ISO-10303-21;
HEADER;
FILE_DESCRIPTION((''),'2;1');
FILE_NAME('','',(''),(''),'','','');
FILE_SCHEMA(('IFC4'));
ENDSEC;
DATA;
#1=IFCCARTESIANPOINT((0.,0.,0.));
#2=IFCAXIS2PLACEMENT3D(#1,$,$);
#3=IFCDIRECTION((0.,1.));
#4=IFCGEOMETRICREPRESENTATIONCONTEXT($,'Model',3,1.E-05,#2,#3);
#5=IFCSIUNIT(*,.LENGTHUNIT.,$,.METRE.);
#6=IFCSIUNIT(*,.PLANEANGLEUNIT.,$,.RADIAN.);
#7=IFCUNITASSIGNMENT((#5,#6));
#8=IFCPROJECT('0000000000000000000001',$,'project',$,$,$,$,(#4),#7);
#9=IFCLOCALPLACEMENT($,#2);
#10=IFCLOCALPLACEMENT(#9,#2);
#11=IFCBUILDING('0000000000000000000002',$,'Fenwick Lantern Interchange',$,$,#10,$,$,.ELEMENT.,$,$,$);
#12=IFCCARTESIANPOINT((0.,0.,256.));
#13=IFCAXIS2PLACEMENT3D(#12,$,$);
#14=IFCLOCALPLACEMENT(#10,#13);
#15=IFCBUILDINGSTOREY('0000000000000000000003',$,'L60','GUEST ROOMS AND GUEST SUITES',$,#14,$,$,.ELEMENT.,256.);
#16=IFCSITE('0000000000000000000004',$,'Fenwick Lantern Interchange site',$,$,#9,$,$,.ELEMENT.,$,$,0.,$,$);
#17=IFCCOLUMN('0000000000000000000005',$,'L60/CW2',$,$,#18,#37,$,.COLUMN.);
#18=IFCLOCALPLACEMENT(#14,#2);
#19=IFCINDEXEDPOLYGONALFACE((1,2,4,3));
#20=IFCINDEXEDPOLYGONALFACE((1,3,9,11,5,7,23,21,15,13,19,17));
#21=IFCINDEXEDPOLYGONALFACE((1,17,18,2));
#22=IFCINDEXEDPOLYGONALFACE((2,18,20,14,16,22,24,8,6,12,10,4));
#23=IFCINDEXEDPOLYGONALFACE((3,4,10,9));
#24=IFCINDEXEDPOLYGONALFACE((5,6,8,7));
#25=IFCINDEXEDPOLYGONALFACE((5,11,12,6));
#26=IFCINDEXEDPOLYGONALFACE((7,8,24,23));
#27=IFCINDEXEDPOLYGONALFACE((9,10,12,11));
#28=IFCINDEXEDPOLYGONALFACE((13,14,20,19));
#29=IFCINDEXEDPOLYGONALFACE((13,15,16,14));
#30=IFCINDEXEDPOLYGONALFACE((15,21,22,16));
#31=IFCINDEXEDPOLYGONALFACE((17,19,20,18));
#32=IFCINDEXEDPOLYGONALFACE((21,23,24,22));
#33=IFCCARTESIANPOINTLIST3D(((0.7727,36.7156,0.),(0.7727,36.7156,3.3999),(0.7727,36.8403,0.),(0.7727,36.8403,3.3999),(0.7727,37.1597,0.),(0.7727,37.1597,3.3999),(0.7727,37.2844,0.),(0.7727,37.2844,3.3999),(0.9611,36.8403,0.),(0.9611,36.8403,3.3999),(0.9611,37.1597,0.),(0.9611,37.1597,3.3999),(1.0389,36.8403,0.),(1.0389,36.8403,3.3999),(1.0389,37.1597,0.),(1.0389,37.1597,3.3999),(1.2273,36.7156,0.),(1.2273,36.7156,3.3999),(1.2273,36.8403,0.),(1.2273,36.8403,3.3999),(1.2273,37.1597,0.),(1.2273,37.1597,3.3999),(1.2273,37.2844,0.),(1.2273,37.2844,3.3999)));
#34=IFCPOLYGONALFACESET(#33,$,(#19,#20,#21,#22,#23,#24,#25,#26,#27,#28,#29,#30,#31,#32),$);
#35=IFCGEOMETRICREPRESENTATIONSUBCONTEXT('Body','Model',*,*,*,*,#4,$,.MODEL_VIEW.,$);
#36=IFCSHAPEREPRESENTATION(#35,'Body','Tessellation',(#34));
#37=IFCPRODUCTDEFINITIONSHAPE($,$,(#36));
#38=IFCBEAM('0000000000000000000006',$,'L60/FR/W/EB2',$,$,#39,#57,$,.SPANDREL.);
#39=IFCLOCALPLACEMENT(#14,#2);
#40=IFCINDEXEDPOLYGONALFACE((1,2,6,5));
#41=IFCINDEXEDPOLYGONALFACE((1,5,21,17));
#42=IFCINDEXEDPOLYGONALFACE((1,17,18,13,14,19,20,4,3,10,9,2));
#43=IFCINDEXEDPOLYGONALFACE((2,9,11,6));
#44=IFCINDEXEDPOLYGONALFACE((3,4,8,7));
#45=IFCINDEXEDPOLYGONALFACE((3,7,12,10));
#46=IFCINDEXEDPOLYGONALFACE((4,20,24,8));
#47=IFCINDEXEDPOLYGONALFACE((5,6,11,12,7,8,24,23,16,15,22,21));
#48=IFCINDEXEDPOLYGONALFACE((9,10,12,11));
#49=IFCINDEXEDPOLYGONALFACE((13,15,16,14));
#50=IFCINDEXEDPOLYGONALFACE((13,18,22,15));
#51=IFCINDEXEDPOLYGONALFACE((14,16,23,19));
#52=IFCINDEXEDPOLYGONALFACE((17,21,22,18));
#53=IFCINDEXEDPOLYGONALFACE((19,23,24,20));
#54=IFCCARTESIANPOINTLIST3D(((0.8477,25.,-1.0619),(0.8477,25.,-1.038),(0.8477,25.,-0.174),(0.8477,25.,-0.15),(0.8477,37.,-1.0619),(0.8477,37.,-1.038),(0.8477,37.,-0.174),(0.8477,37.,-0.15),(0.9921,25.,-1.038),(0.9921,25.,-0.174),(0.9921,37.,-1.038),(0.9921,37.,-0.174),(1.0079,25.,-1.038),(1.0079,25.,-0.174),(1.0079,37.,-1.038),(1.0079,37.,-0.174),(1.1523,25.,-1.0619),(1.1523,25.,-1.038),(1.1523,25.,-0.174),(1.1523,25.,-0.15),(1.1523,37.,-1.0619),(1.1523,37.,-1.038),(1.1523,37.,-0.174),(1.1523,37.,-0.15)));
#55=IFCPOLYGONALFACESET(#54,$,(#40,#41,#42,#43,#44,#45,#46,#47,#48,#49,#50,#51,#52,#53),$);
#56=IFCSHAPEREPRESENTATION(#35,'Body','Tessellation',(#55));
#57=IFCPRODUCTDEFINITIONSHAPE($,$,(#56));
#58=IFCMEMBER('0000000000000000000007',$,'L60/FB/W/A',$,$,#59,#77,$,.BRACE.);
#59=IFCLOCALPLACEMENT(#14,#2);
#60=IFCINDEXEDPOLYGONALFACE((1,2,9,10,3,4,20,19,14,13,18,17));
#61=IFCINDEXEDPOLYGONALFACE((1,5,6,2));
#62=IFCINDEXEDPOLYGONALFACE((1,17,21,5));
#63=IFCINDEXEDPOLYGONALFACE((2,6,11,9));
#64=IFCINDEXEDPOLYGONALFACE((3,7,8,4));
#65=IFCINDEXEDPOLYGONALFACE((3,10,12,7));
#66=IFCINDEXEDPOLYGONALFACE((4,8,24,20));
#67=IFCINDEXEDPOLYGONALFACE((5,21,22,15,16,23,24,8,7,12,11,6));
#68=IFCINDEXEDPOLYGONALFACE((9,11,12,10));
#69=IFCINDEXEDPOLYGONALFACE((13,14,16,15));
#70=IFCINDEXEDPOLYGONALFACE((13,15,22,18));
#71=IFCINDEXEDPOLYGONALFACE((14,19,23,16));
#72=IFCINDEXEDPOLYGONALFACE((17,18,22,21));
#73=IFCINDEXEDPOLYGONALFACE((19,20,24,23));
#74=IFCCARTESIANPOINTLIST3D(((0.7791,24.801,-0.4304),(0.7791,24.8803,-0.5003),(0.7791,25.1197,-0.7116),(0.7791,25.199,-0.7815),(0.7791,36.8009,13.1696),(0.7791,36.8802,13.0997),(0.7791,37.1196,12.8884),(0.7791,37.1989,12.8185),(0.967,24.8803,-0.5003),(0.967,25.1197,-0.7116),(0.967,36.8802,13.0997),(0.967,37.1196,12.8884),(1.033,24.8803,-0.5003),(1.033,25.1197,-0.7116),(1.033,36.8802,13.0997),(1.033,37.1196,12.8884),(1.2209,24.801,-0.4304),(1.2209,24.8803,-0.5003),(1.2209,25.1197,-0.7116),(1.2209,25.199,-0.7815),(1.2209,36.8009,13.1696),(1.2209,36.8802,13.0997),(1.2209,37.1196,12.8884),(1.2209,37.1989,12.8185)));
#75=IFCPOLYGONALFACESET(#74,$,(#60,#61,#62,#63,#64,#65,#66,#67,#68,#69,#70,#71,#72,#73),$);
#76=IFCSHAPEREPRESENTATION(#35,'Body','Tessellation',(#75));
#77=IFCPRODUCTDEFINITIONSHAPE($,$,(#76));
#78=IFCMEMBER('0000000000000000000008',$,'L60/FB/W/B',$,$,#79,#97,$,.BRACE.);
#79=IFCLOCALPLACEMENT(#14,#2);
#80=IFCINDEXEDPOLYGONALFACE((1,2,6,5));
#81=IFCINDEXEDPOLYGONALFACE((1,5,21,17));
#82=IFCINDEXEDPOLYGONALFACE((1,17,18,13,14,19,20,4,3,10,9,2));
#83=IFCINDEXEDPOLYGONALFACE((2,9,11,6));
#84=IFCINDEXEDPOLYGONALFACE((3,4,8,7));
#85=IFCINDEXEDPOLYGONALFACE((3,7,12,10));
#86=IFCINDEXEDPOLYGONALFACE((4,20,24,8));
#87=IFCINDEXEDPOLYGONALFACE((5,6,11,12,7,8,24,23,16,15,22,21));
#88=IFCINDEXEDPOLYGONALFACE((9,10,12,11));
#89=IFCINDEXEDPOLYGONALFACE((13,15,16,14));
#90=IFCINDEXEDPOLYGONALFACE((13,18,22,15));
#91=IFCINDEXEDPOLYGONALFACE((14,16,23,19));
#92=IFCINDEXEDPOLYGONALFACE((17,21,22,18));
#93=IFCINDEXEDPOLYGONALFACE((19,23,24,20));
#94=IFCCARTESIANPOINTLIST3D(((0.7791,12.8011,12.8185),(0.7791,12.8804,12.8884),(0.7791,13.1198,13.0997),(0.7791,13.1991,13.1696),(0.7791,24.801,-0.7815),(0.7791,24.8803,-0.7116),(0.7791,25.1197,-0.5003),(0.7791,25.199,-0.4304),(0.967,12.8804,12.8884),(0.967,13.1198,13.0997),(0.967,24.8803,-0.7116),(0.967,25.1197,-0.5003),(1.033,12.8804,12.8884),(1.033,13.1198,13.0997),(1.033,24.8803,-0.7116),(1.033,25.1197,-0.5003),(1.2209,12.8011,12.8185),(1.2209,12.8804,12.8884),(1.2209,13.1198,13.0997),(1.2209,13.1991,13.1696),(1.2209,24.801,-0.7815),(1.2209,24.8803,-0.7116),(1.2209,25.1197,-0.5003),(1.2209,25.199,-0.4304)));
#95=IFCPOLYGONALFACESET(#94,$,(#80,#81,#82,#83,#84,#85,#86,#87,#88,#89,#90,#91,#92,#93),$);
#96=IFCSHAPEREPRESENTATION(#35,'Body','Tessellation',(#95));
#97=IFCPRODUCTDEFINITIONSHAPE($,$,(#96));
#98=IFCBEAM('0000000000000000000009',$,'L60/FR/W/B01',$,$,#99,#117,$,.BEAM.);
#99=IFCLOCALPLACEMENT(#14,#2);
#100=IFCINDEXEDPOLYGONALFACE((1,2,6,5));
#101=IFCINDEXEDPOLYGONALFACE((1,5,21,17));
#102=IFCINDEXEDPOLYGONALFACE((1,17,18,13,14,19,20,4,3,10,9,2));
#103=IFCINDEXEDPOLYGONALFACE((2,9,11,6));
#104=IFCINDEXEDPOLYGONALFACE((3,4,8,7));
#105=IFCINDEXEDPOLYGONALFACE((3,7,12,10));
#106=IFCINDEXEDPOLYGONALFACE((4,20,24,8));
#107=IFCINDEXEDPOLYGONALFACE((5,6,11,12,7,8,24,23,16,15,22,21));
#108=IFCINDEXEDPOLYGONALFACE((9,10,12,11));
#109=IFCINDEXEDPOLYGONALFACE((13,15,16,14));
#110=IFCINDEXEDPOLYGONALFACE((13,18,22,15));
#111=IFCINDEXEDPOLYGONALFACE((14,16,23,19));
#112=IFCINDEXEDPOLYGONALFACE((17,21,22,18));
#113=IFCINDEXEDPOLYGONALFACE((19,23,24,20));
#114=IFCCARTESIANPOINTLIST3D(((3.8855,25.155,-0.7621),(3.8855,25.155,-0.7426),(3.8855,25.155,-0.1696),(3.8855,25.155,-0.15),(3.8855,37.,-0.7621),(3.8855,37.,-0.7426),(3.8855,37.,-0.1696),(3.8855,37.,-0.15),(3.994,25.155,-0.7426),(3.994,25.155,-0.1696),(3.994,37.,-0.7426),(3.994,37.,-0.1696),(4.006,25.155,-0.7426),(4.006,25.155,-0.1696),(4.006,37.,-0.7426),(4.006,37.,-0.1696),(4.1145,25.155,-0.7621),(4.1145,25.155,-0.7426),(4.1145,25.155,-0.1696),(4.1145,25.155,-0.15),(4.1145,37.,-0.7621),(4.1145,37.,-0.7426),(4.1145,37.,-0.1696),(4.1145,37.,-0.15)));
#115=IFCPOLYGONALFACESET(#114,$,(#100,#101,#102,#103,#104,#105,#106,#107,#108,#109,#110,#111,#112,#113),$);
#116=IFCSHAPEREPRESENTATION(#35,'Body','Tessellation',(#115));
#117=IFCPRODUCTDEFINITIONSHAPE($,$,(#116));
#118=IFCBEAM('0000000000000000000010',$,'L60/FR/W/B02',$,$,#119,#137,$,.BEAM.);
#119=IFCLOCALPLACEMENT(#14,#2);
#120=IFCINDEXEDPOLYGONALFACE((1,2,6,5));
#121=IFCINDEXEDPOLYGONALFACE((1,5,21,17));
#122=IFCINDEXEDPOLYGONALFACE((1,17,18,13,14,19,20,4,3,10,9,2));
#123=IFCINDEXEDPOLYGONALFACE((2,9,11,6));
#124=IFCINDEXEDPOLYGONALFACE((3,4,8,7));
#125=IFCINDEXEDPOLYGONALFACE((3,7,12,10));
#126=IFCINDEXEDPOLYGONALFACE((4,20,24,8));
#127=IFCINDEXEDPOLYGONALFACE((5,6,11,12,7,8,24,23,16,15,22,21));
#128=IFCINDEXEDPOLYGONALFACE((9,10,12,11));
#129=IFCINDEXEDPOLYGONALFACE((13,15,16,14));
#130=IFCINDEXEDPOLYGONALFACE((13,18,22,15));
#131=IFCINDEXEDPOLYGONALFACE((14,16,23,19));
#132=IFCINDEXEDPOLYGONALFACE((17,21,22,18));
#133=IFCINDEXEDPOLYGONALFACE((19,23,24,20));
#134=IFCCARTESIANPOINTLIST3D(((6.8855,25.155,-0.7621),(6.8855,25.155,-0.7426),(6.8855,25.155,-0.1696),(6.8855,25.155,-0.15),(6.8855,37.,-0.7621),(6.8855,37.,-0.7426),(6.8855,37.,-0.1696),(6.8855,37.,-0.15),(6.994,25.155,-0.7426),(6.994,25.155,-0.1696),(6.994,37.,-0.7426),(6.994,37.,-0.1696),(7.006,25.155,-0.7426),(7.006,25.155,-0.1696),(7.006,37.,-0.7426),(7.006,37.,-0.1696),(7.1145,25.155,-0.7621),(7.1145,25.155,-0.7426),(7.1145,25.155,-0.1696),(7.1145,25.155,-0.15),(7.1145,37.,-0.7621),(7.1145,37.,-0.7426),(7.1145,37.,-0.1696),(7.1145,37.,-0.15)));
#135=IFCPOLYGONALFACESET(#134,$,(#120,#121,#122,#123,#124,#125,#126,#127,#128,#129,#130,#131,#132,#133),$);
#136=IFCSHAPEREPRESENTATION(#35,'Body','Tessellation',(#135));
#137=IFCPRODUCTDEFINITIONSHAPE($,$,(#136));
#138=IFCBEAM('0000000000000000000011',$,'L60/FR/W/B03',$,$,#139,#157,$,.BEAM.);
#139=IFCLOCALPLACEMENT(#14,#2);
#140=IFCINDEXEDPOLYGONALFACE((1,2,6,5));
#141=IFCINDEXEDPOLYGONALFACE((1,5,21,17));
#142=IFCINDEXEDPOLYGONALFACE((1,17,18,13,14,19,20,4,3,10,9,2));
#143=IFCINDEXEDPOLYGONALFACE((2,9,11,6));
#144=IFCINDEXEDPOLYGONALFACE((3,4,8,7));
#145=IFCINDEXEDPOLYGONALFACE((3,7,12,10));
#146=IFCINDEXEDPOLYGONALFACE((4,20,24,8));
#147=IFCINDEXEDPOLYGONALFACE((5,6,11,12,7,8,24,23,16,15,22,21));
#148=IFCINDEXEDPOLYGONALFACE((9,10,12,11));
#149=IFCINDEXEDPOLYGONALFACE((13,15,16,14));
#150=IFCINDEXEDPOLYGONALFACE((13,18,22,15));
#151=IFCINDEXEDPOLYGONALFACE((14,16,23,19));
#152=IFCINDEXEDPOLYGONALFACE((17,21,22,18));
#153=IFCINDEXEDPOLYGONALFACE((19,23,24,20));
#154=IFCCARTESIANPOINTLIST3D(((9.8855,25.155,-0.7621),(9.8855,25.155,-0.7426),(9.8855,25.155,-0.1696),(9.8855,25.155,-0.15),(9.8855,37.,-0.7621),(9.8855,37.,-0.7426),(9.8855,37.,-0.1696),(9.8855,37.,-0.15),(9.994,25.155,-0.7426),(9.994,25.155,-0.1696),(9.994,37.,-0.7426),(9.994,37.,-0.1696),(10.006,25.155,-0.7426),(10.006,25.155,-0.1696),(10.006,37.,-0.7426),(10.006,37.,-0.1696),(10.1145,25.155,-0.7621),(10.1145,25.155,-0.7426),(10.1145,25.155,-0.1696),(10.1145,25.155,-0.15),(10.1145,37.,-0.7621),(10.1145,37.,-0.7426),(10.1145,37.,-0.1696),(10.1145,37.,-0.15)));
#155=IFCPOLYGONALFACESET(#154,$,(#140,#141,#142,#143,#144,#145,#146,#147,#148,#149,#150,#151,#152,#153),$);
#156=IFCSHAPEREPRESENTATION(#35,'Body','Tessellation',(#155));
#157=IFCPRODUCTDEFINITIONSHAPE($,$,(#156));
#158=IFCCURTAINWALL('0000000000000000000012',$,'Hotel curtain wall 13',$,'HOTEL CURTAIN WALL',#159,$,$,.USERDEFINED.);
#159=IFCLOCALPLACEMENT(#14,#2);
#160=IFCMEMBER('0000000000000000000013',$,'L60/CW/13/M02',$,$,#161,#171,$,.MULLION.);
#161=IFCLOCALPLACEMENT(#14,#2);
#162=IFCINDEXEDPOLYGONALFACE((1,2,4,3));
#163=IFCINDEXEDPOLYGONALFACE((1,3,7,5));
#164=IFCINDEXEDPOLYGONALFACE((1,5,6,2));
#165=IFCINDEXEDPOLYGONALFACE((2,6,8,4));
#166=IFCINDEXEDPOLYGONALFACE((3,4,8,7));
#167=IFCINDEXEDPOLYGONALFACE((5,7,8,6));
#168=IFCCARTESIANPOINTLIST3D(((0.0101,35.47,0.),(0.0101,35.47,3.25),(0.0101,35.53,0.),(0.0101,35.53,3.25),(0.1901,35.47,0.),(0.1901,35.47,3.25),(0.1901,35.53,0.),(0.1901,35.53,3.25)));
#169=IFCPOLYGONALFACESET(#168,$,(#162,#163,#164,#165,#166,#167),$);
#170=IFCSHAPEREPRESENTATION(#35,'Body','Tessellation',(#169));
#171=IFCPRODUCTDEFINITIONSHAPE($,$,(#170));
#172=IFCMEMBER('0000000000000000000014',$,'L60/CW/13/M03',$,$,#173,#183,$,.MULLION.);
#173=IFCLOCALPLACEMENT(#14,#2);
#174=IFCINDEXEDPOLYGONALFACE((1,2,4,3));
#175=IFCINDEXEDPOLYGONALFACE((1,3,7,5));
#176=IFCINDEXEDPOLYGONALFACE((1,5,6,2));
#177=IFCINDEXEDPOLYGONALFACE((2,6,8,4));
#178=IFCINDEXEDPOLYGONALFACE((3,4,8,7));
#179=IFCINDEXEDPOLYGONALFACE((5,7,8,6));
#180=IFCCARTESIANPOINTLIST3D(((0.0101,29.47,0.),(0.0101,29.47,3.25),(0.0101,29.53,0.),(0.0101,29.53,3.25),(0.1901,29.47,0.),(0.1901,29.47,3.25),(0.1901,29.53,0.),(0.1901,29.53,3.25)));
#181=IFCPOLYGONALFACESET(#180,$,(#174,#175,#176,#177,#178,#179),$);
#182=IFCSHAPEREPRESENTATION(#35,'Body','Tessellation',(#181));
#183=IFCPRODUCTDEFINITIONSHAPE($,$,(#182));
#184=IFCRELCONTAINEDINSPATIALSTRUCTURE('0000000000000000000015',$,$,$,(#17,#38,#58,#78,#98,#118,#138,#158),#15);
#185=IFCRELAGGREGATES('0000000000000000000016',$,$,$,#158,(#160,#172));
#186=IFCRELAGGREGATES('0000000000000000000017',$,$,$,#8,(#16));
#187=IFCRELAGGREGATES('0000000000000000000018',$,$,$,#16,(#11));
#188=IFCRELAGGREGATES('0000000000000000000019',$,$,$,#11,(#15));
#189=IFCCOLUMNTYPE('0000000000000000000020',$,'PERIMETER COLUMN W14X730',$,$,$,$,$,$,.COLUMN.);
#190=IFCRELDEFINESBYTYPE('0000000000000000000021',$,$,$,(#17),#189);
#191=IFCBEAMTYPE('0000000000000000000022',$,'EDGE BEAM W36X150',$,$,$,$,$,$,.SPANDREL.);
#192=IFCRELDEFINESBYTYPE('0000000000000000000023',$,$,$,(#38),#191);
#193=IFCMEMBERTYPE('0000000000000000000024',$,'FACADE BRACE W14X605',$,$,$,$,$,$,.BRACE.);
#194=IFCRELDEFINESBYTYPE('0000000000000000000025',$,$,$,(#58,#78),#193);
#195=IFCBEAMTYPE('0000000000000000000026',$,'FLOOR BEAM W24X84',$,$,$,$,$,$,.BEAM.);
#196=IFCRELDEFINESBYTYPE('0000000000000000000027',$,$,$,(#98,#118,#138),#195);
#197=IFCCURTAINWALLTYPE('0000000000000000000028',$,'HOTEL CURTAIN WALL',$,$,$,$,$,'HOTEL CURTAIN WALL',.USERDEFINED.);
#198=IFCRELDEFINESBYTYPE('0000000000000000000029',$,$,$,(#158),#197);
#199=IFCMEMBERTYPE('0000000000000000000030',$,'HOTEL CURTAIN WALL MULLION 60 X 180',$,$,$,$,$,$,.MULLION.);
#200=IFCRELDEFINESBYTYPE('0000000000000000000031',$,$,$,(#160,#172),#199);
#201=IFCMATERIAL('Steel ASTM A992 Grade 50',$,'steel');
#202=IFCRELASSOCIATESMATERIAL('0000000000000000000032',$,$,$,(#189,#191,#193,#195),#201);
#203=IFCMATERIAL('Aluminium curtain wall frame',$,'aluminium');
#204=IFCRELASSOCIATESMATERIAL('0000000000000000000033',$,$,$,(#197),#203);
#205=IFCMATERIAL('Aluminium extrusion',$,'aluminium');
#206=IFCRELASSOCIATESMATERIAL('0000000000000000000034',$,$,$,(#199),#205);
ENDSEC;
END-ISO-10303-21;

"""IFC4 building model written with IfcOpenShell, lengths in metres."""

from ifc_helpers import new_model, si_unit, direction, frame, origin, origin_2d, place, context, subcontext, project, spatial, rectangle, i_section, extrude, material, material_profile, profile_set, type_object, element, aggregate, save


model = new_model("IFC4")

# Units and contexts
model_context = context("Model", 3, precision=1e-05, world=origin(), true_north=direction((0.0, 1.0)))
body_context = subcontext(model_context, "Body", "Model", "MODEL_VIEW")
ifc_project = project(units=[si_unit("LENGTHUNIT", "METRE"), si_unit("PLANEANGLEUNIT", "RADIAN")], contexts=[model_context])

# Site, building, storey
site_placement = place(None, origin())
site = spatial("IfcSite", under=ifc_project, at=site_placement, Name="Fenwick Lantern Interchange site", CompositionType="ELEMENT", RefElevation=0.0)
building_placement = place(site_placement, origin())
building = spatial("IfcBuilding", under=site, at=building_placement, Name="Fenwick Lantern Interchange", CompositionType="ELEMENT")
storey_placement = place(building_placement, frame((0.0, 0.0, 256.0)))
storey = spatial("IfcBuildingStorey", under=building, at=storey_placement, Name="L60", Description="GUEST ROOMS AND GUEST SUITES", CompositionType="ELEMENT", Elevation=256.0)

# Column
ifc_material_1 = material(Name="Steel ASTM A992 Grade 50", Category="steel")
ifc_material_profile_1 = material_profile(ifc_material_1, i_section(OverallWidth=0.4546, OverallDepth=0.5688, WebThickness=0.0779, FlangeThickness=0.1248, at=origin_2d()), Name="W14X730")
ifc_profile_set_1 = profile_set([ifc_material_profile_1], Name="Steel ASTM A992 Grade 50")
column_type = type_object("IfcColumnType", Name="PERIMETER COLUMN W14X730", PredefinedType="COLUMN", material=ifc_profile_set_1)
column_placement = place(storey_placement, frame((1.0, 37.0, 0.0), z_axis=(0.0, 0.0, 1.0), x_axis=(1.0, 0.0, 0.0)))
element("IfcColumn", 1, at=column_placement, inside=storey, type_object=column_type, Name="L60/CW2", PredefinedType="COLUMN", context=body_context, shape_type="SweptSolid", body=[
    extrude(i_section(OverallWidth=0.4546, OverallDepth=0.5688, WebThickness=0.0779, FlangeThickness=0.1248, at=origin_2d()), origin(), (0.0, 0.0, 1.0), 3.3999),
])

# Beam
ifc_material_profile_2 = material_profile(ifc_material_1, i_section(OverallWidth=0.3047, OverallDepth=0.9119, WebThickness=0.0159, FlangeThickness=0.0239, at=origin_2d()), Name="W36X150")
ifc_profile_set_2 = profile_set([ifc_material_profile_2], Name="Steel ASTM A992 Grade 50")
beam_type_1 = type_object("IfcBeamType", Name="EDGE BEAM W36X150", PredefinedType="SPANDREL", material=ifc_profile_set_2)
beam_1_placement = place(storey_placement, frame((1.0, 37.0, -0.606), z_axis=(0.0, -1.0, 0.0), x_axis=(1.0, 0.0, 0.0)))
element("IfcBeam", 2, at=beam_1_placement, inside=storey, type_object=beam_type_1, Name="L60/FR/W/EB2", PredefinedType="SPANDREL", context=body_context, shape_type="SweptSolid", body=[
    extrude(i_section(OverallWidth=0.3047, OverallDepth=0.9119, WebThickness=0.0159, FlangeThickness=0.0239, at=origin_2d()), origin(), (0.0, 0.0, 1.0), 12.0),
])

# Members
ifc_material_profile_3 = material_profile(ifc_material_1, i_section(OverallWidth=0.4419, OverallDepth=0.5308, WebThickness=0.0659, FlangeThickness=0.1057, at=origin_2d()), Name="W14X605")
ifc_profile_set_3 = profile_set([ifc_material_profile_3], Name="Steel ASTM A992 Grade 50")
member_type_1 = type_object("IfcMemberType", Name="FACADE BRACE W14X605", PredefinedType="BRACE", material=ifc_profile_set_3)
for number, where, z_axis, x_axis, name in (
    (3, (1.0, 25.0, -0.606), (0.0, 0.661619, 0.74984), (-1.0, 0.0, 0.0), "L60/FB/W/A"),
    (4, (1.0, 25.0, -0.606), (0.0, -0.661619, 0.74984), (1.0, 0.0, 0.0), "L60/FB/W/B"),
):
    element("IfcMember", number, at=place(storey_placement, frame(where, z_axis=z_axis, x_axis=x_axis)), inside=storey, type_object=member_type_1, Name=name, PredefinedType="BRACE", context=body_context, shape_type="SweptSolid", body=[
        extrude(i_section(OverallWidth=0.4419, OverallDepth=0.5308, WebThickness=0.0659, FlangeThickness=0.1057, at=origin_2d()), origin(), (0.0, 0.0, 1.0), 18.1372),
    ])

# Beams
ifc_material_profile_4 = material_profile(ifc_material_1, i_section(OverallWidth=0.229, OverallDepth=0.6121, WebThickness=0.012, FlangeThickness=0.0195, at=origin_2d()), Name="W24X84")
ifc_profile_set_4 = profile_set([ifc_material_profile_4], Name="Steel ASTM A992 Grade 50")
beam_type_2 = type_object("IfcBeamType", Name="FLOOR BEAM W24X84", PredefinedType="BEAM", material=ifc_profile_set_4)
for number, where, z_axis, x_axis, name in (
    (5, (4.0, 37.0, -0.4561), (0.0, -1.0, 0.0), (1.0, 0.0, 0.0), "L60/FR/W/B01"),
    (6, (7.0, 37.0, -0.4561), (0.0, -1.0, 0.0), (1.0, 0.0, 0.0), "L60/FR/W/B02"),
    (7, (10.0, 37.0, -0.4561), (0.0, -1.0, 0.0), (1.0, 0.0, 0.0), "L60/FR/W/B03"),
):
    element("IfcBeam", number, at=place(storey_placement, frame(where, z_axis=z_axis, x_axis=x_axis)), inside=storey, type_object=beam_type_2, Name=name, PredefinedType="BEAM", context=body_context, shape_type="SweptSolid", body=[
        extrude(i_section(OverallWidth=0.229, OverallDepth=0.6121, WebThickness=0.012, FlangeThickness=0.0195, at=origin_2d()), origin(), (0.0, 0.0, 1.0), 11.845),
    ])

# Curtain wall, members
ifc_material_2 = material(Name="Aluminium curtain wall frame", Category="aluminium")
curtain_wall_type = type_object("IfcCurtainWallType", Name="HOTEL CURTAIN WALL", ElementType="HOTEL CURTAIN WALL", PredefinedType="USERDEFINED", material=ifc_material_2)
curtain_wall_placement = place(storey_placement, origin())
curtain_wall = element("IfcCurtainWall", 8, at=curtain_wall_placement, inside=storey, type_object=curtain_wall_type, Name="Hotel curtain wall 13", ObjectType="HOTEL CURTAIN WALL", PredefinedType="USERDEFINED")
ifc_material_3 = material(Name="Aluminium extrusion", Category="aluminium")
ifc_material_profile_5 = material_profile(ifc_material_3, rectangle(XDim=0.1799, YDim=0.0601, at=origin_2d()), Name="HOTEL CURTAIN WALL MULLION 60 X 180")
ifc_profile_set_5 = profile_set([ifc_material_profile_5], Name="Aluminium extrusion")
member_type_2 = type_object("IfcMemberType", Name="HOTEL CURTAIN WALL MULLION 60 X 180", PredefinedType="MULLION", material=ifc_profile_set_5)
member_1_placement = place(storey_placement, frame((0.1001, 35.5, 0.0), z_axis=(0.0, 0.0, 1.0), x_axis=(1.0, 0.0, 0.0)))
member_1 = element("IfcMember", 9, at=member_1_placement, type_object=member_type_2, Name="L60/CW/13/M02", PredefinedType="MULLION", context=body_context, shape_type="SweptSolid", body=[
    extrude(rectangle(XDim=0.1799, YDim=0.0601, at=origin_2d()), origin(), (0.0, 0.0, 1.0), 3.25),
])
member_2_placement = place(storey_placement, frame((0.1001, 29.5, 0.0), z_axis=(0.0, 0.0, 1.0), x_axis=(1.0, 0.0, 0.0)))
member_2 = element("IfcMember", 10, at=member_2_placement, type_object=member_type_2, Name="L60/CW/13/M03", PredefinedType="MULLION", context=body_context, shape_type="SweptSolid", body=[
    extrude(rectangle(XDim=0.1799, YDim=0.0601, at=origin_2d()), origin(), (0.0, 0.0, 1.0), 3.25),
])
aggregate(curtain_wall, [member_1, member_2])

save(model, "model.ifc")
